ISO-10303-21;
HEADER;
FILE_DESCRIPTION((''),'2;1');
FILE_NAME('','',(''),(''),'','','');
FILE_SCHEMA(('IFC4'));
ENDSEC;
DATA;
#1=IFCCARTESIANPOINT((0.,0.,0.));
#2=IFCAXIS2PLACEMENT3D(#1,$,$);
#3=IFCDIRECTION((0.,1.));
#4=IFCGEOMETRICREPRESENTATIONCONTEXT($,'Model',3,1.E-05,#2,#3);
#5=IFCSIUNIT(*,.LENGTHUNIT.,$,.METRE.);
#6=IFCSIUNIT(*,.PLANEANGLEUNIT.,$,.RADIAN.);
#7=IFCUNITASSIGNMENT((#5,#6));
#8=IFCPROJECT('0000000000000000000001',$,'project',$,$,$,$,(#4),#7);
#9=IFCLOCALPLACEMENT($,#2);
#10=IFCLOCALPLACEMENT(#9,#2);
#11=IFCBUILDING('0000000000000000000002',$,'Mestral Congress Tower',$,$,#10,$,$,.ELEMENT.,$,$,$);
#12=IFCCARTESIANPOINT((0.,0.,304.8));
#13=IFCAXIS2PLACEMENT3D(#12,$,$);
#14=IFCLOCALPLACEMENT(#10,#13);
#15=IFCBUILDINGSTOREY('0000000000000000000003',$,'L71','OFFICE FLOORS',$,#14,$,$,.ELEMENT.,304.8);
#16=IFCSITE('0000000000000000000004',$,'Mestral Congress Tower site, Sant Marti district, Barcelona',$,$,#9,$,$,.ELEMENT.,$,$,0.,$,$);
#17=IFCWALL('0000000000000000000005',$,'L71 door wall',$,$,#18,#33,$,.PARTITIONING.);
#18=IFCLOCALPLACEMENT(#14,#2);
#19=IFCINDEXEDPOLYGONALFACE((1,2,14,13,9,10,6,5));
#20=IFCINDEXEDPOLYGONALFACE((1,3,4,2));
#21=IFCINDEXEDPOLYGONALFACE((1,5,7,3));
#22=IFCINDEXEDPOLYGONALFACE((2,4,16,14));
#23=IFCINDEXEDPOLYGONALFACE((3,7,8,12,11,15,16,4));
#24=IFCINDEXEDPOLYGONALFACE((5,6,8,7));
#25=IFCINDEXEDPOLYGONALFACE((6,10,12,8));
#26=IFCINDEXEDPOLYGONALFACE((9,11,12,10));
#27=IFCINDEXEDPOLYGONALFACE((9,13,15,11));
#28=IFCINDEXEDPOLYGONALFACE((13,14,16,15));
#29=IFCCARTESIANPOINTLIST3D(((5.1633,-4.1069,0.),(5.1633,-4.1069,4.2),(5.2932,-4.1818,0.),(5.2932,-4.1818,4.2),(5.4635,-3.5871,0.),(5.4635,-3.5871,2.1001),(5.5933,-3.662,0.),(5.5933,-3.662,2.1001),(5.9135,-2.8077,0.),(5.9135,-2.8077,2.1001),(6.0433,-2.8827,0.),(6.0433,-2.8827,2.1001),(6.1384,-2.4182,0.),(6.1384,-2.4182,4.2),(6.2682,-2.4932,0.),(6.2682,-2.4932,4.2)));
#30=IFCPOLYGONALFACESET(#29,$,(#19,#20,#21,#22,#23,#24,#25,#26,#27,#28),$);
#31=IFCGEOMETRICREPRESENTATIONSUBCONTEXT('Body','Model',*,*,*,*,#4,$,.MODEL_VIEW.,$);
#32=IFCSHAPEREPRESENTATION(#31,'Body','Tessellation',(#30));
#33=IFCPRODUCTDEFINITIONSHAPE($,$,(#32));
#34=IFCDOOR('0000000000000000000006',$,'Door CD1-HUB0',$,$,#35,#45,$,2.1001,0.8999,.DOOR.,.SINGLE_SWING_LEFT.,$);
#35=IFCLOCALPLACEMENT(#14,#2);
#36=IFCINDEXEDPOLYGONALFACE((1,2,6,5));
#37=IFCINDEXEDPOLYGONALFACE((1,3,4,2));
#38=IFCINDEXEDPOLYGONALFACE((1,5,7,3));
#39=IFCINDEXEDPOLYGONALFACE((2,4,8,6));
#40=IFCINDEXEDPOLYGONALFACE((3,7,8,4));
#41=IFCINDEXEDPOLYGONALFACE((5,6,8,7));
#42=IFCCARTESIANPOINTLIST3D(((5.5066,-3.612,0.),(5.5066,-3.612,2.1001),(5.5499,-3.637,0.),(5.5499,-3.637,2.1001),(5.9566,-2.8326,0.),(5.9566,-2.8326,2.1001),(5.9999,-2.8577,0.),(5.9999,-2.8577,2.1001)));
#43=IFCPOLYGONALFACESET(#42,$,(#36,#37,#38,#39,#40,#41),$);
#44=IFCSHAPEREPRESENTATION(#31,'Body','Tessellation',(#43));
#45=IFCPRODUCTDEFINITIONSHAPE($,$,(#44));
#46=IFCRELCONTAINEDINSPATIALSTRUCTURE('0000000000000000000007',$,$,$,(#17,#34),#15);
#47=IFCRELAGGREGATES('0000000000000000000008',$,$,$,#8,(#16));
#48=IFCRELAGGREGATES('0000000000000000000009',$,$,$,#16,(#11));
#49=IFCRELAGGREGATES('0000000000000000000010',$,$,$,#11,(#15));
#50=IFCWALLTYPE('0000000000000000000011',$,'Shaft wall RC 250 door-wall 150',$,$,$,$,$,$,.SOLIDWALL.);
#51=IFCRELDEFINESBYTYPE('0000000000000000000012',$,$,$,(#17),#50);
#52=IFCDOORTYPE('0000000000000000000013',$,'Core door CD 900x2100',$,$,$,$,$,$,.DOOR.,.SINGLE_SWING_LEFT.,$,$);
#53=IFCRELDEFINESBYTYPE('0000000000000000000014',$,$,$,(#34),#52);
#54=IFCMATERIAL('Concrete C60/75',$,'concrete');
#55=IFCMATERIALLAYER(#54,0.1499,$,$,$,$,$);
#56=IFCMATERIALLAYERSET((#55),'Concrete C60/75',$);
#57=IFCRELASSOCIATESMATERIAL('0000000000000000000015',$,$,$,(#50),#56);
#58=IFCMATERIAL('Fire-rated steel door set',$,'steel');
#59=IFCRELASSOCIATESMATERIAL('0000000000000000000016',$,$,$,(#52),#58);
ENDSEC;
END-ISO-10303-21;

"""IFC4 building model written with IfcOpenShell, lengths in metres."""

from ifc_helpers import new_model, si_unit, direction, frame, frame_2d, origin, place, context, subcontext, project, spatial, rectangle, extrude, material, layer, layer_set, type_object, element, fill, save


model = new_model("IFC4")

# Units and contexts
model_context = context("Model", 3, precision=1e-05, world=origin(), true_north=direction((0.0, 1.0)))
body_context = subcontext(model_context, "Body", "Model", "MODEL_VIEW")
ifc_project = project(units=[si_unit("LENGTHUNIT", "METRE"), si_unit("PLANEANGLEUNIT", "RADIAN")], contexts=[model_context])

# Site, building, storey
site_placement = place(None, origin())
site = spatial("IfcSite", under=ifc_project, at=site_placement, Name="Mestral Congress Tower site, Sant Marti district, Barcelona", CompositionType="ELEMENT", RefElevation=0.0)
building_placement = place(site_placement, origin())
building = spatial("IfcBuilding", under=site, at=building_placement, Name="Mestral Congress Tower", CompositionType="ELEMENT")
storey_placement = place(building_placement, frame((0.0, 0.0, 304.8)))
storey = spatial("IfcBuildingStorey", under=building, at=storey_placement, Name="L71", Description="OFFICE FLOORS", CompositionType="ELEMENT", Elevation=304.8)

# Shared definitions
ifc_material_1 = material(Name="Concrete C60/75", Category="concrete")

# Shared definitions
ifc_material_2 = material(Name="Fire-rated steel door set", Category="steel")

# Wall, opening, door
ifc_layer_1 = layer(ifc_material_1, 0.1499)
ifc_layer_set_1 = layer_set([ifc_layer_1], Name="Concrete C60/75")
wall_type_1 = type_object("IfcWallType", Name="Shaft wall RC 250 door-wall 150", PredefinedType="SOLIDWALL", material=ifc_layer_set_1)
wall_1_placement = place(storey_placement, frame((6.2034, -2.4556, 0.0), z_axis=(0.0, 0.0, 1.0), x_axis=(-0.500044, -0.866, 0.0)))
wall_1 = element("IfcWall", 1, at=wall_1_placement, inside=storey, type_object=wall_type_1, Name="L71 door wall", PredefinedType="PARTITIONING", context=body_context, shape_type="SweptSolid", body=[
    extrude(rectangle(XDim=1.95, YDim=0.1499, at=frame_2d((0.9751, 0.0))), origin(), (0.0, 0.0, 1.0), 4.2),
])
opening_1_placement = place(wall_1_placement, frame((0.45, 0.0, 0.0)))
opening_1 = element("IfcOpeningElement", 2, at=opening_1_placement, cuts=wall_1, PredefinedType="OPENING", context=body_context, shape_type="SweptSolid", body=[
    extrude(rectangle(XDim=0.8999, YDim=2.1001, at=frame_2d((0.45, 1.05))), frame((0.0, 0.085, 0.0), z_axis=(0.0, -1.0, 0.0), x_axis=(1.0, 0.0, 0.0)), (0.0, 0.0, 1.0), 0.1699),
])
door_type_1 = type_object("IfcDoorType", Name="Core door CD 900x2100", OperationType="SINGLE_SWING_LEFT", PredefinedType="DOOR", material=ifc_material_2)
door_1_placement = place(opening_1_placement, origin())
door_1 = element("IfcDoor", 3, at=door_1_placement, inside=storey, type_object=door_type_1, Name="Door CD1-HUB0", OperationType="SINGLE_SWING_LEFT", OverallHeight=2.1001, OverallWidth=0.8999, PredefinedType="DOOR", context=body_context, shape_type="SweptSolid", body=[
    extrude(rectangle(XDim=0.8999, YDim=2.1001, at=frame_2d((0.45, 1.05))), frame((0.0, 0.0249, 0.0), z_axis=(0.0, -1.0, 0.0), x_axis=(1.0, 0.0, 0.0)), (0.0, 0.0, 1.0), 0.05),
])
fill(opening_1, door_1)

save(model, "model.ifc")
